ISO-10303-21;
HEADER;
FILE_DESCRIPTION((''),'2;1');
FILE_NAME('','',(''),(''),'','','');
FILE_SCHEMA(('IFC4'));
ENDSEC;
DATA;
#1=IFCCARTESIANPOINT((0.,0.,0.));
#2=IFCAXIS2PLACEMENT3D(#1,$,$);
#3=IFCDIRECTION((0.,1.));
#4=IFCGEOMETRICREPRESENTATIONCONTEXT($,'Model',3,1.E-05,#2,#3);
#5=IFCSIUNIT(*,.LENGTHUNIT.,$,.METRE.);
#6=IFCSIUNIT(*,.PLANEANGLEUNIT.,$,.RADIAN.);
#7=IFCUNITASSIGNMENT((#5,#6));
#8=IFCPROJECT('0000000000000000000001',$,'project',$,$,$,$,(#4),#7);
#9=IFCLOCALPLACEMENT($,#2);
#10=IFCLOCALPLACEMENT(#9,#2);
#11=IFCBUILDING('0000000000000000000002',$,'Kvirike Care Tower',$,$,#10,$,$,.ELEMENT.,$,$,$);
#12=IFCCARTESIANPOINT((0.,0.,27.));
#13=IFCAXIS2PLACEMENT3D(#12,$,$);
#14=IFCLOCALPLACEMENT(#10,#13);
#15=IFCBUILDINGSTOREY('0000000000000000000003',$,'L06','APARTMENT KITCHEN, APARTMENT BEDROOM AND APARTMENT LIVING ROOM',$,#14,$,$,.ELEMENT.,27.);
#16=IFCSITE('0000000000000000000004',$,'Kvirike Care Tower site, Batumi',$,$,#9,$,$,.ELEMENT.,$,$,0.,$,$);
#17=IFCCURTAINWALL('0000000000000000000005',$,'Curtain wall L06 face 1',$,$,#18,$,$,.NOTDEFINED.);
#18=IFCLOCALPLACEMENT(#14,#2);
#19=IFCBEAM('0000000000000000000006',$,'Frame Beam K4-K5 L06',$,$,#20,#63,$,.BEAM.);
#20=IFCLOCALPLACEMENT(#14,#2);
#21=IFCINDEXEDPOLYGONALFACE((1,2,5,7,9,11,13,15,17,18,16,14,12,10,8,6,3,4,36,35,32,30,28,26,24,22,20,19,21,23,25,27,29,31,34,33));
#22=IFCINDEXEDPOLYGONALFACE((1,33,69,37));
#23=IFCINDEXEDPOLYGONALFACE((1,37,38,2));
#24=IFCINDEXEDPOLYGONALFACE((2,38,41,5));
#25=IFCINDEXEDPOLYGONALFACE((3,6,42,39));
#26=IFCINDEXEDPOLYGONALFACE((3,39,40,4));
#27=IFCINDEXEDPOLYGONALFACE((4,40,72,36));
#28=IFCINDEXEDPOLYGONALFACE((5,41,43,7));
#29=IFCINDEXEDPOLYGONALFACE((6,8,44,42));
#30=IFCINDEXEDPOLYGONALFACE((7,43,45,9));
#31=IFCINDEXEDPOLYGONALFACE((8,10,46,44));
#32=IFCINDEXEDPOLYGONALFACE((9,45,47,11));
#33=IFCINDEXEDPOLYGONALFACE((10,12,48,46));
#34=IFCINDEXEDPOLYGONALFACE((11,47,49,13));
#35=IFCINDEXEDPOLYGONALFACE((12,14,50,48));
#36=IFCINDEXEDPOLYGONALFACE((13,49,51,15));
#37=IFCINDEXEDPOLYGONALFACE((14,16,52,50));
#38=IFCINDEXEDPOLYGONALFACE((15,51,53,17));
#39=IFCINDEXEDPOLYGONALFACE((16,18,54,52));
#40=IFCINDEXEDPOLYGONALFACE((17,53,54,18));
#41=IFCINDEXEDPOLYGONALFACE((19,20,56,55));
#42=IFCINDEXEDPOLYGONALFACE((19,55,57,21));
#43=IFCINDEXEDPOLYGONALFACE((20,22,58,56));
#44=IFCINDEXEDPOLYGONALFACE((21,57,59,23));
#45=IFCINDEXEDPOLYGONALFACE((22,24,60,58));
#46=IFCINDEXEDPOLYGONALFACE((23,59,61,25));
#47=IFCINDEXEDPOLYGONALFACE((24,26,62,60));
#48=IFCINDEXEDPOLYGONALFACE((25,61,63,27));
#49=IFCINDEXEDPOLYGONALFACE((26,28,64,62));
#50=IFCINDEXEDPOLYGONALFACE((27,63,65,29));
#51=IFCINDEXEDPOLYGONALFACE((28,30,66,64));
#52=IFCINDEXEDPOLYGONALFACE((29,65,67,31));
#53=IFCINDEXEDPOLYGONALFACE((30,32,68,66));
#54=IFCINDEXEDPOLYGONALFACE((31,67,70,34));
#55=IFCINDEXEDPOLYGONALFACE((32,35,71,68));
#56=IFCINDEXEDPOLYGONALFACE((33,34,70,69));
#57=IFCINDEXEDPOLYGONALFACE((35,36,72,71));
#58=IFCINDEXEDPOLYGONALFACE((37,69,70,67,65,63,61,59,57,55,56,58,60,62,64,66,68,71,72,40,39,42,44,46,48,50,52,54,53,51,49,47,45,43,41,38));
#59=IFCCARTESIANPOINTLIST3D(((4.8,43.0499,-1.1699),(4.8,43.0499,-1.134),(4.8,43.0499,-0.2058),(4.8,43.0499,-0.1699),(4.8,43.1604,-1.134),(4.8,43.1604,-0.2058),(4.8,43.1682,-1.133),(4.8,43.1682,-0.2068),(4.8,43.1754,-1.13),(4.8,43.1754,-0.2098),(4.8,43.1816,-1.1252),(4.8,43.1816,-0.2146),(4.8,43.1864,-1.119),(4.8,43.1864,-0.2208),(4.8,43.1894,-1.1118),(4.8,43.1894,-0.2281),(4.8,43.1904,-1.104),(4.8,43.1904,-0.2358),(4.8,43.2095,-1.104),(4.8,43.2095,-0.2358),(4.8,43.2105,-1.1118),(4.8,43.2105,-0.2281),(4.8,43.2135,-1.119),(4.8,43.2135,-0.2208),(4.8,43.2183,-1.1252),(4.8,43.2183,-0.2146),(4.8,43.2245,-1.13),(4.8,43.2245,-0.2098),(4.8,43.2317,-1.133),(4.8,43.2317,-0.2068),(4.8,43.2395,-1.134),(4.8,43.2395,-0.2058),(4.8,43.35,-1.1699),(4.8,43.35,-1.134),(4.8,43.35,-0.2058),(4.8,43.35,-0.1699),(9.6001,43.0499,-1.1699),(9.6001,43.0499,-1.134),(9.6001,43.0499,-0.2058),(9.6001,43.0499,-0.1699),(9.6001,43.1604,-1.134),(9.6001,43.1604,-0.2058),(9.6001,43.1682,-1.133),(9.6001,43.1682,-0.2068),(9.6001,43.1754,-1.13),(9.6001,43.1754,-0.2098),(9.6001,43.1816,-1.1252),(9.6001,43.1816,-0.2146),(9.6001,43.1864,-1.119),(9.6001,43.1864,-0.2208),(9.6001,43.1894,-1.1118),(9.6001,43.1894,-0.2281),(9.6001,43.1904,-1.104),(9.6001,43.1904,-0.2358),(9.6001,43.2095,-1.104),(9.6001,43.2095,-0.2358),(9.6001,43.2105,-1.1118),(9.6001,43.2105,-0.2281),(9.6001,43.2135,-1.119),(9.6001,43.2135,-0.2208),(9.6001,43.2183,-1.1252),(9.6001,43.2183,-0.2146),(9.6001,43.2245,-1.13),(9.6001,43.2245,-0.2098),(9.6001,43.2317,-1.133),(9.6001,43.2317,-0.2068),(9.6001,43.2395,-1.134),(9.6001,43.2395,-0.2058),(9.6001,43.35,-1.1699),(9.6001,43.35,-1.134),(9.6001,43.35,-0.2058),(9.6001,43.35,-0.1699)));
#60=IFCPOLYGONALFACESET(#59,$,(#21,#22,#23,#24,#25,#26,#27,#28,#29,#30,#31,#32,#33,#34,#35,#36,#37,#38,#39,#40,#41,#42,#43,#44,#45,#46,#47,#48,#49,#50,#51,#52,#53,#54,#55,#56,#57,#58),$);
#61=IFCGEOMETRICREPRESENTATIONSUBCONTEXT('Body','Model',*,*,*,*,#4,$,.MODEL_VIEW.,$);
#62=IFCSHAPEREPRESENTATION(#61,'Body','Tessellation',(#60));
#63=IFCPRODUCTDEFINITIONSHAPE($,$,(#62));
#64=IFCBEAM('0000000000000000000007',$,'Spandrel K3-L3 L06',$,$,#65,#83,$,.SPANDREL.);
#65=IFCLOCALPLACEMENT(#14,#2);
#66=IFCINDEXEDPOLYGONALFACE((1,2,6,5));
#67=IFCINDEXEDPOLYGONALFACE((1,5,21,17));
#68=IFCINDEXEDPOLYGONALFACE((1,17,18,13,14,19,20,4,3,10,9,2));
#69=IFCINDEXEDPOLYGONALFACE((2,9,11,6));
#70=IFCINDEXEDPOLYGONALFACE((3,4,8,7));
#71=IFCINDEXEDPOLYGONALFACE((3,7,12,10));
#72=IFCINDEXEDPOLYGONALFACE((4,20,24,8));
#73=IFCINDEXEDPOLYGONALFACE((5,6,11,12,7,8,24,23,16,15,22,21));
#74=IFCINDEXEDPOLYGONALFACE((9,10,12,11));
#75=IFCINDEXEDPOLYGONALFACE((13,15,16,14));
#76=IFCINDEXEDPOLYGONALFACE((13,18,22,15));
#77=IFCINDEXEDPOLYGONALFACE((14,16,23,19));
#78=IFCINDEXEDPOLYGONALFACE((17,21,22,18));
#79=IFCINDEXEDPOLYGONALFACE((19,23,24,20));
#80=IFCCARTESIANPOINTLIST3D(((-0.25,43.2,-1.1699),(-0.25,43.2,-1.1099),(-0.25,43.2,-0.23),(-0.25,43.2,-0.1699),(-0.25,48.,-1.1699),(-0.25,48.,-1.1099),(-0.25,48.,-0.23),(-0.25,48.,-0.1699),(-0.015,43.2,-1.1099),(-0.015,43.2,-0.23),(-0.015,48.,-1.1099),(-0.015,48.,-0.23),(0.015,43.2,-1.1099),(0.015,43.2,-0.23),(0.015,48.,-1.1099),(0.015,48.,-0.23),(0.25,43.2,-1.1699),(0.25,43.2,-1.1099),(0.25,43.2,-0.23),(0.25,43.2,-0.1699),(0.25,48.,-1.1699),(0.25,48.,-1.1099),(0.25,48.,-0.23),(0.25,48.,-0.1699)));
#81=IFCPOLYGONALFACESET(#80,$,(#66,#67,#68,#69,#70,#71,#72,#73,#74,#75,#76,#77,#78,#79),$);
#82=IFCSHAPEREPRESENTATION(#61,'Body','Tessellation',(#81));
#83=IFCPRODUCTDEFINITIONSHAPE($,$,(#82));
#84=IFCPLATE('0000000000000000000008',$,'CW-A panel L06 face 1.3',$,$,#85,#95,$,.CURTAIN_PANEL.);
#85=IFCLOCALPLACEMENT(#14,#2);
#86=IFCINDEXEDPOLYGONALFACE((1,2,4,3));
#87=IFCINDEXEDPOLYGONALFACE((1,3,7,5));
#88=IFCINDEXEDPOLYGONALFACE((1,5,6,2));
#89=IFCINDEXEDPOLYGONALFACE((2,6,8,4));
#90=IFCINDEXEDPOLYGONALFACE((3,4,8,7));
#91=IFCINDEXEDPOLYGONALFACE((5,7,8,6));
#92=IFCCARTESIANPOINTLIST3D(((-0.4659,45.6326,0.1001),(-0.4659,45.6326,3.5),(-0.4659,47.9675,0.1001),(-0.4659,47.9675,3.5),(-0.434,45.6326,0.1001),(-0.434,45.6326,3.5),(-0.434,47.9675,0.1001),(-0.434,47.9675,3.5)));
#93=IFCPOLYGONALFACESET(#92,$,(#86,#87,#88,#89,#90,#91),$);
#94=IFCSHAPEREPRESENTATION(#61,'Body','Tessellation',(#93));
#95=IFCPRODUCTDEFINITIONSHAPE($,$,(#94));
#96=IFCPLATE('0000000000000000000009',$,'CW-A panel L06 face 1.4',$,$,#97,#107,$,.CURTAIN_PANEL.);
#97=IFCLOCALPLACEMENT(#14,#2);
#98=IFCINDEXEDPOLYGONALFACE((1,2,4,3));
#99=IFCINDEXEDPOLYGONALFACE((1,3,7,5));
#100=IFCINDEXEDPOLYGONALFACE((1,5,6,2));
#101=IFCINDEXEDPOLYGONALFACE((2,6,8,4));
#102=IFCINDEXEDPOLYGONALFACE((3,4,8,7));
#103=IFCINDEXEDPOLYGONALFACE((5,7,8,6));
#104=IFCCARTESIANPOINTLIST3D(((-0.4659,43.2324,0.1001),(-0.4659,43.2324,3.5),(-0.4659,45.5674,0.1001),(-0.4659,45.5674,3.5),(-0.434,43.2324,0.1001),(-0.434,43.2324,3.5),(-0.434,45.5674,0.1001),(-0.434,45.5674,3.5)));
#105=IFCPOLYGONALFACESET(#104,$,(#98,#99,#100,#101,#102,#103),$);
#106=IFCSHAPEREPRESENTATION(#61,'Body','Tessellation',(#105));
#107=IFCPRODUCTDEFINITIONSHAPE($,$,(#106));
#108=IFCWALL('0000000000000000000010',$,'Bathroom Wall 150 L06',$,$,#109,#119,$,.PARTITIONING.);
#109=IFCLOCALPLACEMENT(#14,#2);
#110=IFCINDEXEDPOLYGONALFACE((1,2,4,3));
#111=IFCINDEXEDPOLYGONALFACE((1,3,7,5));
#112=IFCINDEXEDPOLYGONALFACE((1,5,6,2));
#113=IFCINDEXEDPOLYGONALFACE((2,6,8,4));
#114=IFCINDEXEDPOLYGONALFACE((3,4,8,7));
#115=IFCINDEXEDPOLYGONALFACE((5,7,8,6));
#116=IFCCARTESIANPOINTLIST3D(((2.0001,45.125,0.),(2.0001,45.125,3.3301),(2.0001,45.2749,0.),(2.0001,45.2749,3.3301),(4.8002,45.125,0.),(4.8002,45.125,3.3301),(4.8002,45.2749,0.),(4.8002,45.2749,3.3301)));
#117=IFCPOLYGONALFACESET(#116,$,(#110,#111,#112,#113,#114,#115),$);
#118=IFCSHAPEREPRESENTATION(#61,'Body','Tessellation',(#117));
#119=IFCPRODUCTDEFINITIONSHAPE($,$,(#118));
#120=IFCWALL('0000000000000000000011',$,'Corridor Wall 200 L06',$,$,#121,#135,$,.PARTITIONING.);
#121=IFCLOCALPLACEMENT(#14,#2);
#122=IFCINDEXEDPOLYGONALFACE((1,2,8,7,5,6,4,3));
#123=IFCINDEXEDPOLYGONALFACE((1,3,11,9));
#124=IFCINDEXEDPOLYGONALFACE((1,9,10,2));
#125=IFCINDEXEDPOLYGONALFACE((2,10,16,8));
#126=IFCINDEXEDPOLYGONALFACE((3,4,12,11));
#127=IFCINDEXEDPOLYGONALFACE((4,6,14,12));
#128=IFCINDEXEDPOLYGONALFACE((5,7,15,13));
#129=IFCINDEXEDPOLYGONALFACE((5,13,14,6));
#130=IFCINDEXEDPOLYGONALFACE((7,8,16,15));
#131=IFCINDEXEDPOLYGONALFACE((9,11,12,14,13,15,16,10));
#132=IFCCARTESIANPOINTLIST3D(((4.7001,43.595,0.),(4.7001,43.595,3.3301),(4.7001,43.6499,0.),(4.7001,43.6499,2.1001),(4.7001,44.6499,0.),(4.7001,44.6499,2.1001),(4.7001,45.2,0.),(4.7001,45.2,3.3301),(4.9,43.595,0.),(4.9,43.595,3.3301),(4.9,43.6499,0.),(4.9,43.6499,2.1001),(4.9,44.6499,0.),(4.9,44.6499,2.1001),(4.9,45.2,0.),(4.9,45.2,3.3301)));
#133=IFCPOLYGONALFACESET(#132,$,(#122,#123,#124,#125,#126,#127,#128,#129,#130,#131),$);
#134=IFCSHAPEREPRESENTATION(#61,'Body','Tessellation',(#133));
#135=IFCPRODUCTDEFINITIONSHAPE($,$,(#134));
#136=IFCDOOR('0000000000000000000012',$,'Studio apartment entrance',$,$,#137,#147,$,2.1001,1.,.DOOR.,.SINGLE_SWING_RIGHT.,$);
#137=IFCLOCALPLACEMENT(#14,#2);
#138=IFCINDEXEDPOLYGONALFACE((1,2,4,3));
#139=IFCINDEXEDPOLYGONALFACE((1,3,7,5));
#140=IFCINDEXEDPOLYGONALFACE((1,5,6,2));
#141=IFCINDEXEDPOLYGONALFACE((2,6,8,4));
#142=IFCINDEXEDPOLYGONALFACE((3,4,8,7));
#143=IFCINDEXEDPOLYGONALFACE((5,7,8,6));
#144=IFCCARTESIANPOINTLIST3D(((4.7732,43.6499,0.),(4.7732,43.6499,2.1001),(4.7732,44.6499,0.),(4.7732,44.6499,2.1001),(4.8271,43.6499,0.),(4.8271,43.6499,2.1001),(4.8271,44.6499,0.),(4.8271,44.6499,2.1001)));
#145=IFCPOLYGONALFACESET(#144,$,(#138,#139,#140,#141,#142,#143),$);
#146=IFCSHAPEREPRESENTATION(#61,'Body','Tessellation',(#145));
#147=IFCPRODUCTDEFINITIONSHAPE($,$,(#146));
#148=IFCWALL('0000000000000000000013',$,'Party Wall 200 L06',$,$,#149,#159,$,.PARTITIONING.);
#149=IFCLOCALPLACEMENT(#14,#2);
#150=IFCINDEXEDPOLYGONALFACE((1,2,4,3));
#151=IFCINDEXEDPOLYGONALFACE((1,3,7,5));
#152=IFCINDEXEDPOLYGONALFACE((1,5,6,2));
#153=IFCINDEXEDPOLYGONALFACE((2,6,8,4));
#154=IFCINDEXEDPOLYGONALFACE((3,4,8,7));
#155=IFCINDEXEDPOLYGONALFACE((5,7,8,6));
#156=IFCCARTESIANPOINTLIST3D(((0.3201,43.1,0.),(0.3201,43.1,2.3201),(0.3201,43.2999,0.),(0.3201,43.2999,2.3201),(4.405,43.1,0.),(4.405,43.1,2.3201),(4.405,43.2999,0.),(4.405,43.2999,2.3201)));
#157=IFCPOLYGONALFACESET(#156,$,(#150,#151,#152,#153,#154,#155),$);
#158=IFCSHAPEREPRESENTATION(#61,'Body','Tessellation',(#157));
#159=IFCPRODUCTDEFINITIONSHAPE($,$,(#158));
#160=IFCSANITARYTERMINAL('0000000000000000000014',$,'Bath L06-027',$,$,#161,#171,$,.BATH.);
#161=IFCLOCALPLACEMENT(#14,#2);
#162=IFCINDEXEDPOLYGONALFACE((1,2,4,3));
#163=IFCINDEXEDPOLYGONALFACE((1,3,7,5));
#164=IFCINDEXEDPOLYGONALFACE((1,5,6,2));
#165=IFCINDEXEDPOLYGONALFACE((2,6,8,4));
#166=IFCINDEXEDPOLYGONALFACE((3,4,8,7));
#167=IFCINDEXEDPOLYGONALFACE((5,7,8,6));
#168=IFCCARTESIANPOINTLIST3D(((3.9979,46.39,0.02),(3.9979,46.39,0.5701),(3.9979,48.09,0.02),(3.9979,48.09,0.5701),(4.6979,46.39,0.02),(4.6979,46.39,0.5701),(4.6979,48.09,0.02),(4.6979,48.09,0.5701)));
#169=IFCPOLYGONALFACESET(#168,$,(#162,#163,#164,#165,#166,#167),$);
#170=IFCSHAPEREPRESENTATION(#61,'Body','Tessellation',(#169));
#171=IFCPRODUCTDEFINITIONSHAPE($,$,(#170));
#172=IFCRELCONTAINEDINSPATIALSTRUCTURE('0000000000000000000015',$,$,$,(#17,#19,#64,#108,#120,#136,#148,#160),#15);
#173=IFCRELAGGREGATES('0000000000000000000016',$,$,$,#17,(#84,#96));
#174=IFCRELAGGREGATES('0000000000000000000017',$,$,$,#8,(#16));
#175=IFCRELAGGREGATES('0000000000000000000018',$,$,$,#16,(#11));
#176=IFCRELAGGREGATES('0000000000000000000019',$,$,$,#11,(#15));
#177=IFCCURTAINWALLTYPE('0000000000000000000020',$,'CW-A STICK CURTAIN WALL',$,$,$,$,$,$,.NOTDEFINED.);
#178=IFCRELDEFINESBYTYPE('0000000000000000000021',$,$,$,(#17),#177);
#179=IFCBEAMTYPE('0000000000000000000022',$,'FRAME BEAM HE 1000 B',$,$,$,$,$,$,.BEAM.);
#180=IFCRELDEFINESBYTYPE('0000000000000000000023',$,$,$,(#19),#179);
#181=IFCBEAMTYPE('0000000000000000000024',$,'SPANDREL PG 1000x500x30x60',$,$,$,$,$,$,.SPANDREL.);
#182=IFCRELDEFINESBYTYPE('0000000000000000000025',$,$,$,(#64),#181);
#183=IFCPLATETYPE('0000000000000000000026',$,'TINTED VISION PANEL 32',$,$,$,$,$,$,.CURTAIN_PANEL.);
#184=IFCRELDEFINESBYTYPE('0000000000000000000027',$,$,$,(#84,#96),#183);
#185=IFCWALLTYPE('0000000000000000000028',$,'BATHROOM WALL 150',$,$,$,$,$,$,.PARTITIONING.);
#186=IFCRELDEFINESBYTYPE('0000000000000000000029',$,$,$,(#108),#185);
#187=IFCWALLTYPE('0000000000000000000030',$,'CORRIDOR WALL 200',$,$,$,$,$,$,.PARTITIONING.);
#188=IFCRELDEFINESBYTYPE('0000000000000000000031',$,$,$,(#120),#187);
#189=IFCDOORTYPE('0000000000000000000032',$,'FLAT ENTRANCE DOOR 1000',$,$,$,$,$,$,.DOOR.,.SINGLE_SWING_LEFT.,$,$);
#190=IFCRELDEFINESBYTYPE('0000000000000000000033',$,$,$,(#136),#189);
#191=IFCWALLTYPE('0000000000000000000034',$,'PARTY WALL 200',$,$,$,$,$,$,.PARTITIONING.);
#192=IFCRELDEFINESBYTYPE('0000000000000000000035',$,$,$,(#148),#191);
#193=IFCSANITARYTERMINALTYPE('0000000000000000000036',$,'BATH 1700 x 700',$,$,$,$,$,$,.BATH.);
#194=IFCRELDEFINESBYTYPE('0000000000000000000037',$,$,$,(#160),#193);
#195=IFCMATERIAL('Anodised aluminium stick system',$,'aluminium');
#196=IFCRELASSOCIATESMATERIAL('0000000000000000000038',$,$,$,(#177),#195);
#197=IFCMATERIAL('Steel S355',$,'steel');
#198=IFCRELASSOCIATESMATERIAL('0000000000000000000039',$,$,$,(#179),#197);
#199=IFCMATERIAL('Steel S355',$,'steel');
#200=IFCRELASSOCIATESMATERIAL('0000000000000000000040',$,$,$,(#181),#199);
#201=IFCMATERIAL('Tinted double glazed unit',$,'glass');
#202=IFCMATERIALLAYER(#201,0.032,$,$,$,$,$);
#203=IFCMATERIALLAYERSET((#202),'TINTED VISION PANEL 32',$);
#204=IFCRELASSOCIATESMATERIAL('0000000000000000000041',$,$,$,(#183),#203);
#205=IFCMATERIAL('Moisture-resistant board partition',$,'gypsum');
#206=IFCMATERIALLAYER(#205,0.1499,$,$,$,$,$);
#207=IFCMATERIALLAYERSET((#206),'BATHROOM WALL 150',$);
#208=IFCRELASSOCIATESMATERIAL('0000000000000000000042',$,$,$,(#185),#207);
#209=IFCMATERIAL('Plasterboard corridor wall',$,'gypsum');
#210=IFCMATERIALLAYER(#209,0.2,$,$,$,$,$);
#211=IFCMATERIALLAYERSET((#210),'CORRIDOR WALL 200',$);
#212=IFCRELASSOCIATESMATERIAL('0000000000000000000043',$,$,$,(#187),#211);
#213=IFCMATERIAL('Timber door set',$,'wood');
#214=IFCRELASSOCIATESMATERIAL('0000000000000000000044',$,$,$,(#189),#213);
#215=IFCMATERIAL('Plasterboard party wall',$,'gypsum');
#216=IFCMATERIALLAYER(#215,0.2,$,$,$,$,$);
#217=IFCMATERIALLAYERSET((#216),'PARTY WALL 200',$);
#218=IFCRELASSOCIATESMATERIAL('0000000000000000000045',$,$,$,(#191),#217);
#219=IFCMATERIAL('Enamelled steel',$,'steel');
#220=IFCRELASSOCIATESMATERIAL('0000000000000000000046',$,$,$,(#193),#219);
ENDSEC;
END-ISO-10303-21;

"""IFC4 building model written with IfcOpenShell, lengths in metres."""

from ifc_helpers import new_model, si_unit, direction, frame, frame_2d, origin, origin_2d, place, context, subcontext, project, spatial, rectangle, i_section, extrude, material, layer, layer_set, material_profile, profile_set, type_object, element, fill, aggregate, save


model = new_model("IFC4")

# Units and contexts
model_context = context("Model", 3, precision=1e-05, world=origin(), true_north=direction((0.0, 1.0)))
body_context = subcontext(model_context, "Body", "Model", "MODEL_VIEW")
ifc_project = project(units=[si_unit("LENGTHUNIT", "METRE"), si_unit("PLANEANGLEUNIT", "RADIAN")], contexts=[model_context])

# Site, building, storey
site_placement = place(None, origin())
site = spatial("IfcSite", under=ifc_project, at=site_placement, Name="Kvirike Care Tower site, Batumi", CompositionType="ELEMENT", RefElevation=0.0)
building_placement = place(site_placement, origin())
building = spatial("IfcBuilding", under=site, at=building_placement, Name="Kvirike Care Tower", CompositionType="ELEMENT")
storey_placement = place(building_placement, frame((0.0, 0.0, 27.0)))
storey = spatial("IfcBuildingStorey", under=building, at=storey_placement, Name="L06", Description="APARTMENT KITCHEN, APARTMENT BEDROOM AND APARTMENT LIVING ROOM", CompositionType="ELEMENT", Elevation=27.0)

# Curtain wall
ifc_material_1 = material(Name="Anodised aluminium stick system", Category="aluminium")
curtain_wall_type = type_object("IfcCurtainWallType", Name="CW-A STICK CURTAIN WALL", PredefinedType="NOTDEFINED", material=ifc_material_1)
curtain_wall_placement = place(storey_placement, origin())
curtain_wall = element("IfcCurtainWall", 1, at=curtain_wall_placement, inside=storey, type_object=curtain_wall_type, Name="Curtain wall L06 face 1", PredefinedType="NOTDEFINED")

# Beams
ifc_material_2 = material(Name="Steel S355", Category="steel")
ifc_material_profile_1 = material_profile(ifc_material_2, i_section(OverallWidth=0.3, OverallDepth=1.0, WebThickness=0.019, FlangeThickness=0.0359, FilletRadius=0.03, at=origin_2d()), Name="HE 1000 B")
ifc_profile_set_1 = profile_set([ifc_material_profile_1], Name="Steel S355")
beam_type_1 = type_object("IfcBeamType", Name="FRAME BEAM HE 1000 B", PredefinedType="BEAM", material=ifc_profile_set_1)
for number, where, z_axis, x_axis, name in (
    (2, (4.8, 43.2, -0.6699), (1.0, 0.0, 0.0), (0.0, 1.0, 0.0), "Frame Beam K4-K5 L06"),
):
    element("IfcBeam", number, at=place(storey_placement, frame(where, z_axis=z_axis, x_axis=x_axis)), inside=storey, type_object=beam_type_1, Name=name, PredefinedType="BEAM", context=body_context, shape_type="SweptSolid", body=[
        extrude(i_section(OverallWidth=0.3, OverallDepth=1.0, WebThickness=0.019, FlangeThickness=0.0359, FilletRadius=0.03, at=origin_2d()), origin(), (0.0, 0.0, 1.0), 4.8),
    ])
ifc_material_3 = material(Name="Steel S355", Category="steel")
ifc_material_profile_2 = material_profile(ifc_material_3, i_section(OverallWidth=0.5, OverallDepth=1.0, WebThickness=0.03, FlangeThickness=0.0601, at=origin_2d()), Name="PG 1000x500x30x60")
ifc_profile_set_2 = profile_set([ifc_material_profile_2], Name="Steel S355")
beam_type_2 = type_object("IfcBeamType", Name="SPANDREL PG 1000x500x30x60", PredefinedType="SPANDREL", material=ifc_profile_set_2)
beam_placement = place(storey_placement, frame((0.0, 43.2, -0.6699), z_axis=(0.0, 1.0, 0.0), x_axis=(-1.0, 0.0, 0.0)))
element("IfcBeam", 3, at=beam_placement, inside=storey, type_object=beam_type_2, Name="Spandrel K3-L3 L06", PredefinedType="SPANDREL", context=body_context, shape_type="SweptSolid", body=[
    extrude(i_section(OverallWidth=0.5, OverallDepth=1.0, WebThickness=0.03, FlangeThickness=0.0601, at=origin_2d()), origin(), (0.0, 0.0, 1.0), 4.8),
])

# Plates
ifc_material_4 = material(Name="Tinted double glazed unit", Category="glass")
ifc_layer_1 = layer(ifc_material_4, 0.032)
ifc_layer_set_1 = layer_set([ifc_layer_1], Name="TINTED VISION PANEL 32")
plate_type = type_object("IfcPlateType", Name="TINTED VISION PANEL 32", PredefinedType="CURTAIN_PANEL", material=ifc_layer_set_1)
plate_1_placement = place(storey_placement, frame((-0.45, 46.8, 0.1001), z_axis=(0.0, 0.0, 1.0), x_axis=(0.0, -1.0, 0.0)))
plate_1 = element("IfcPlate", 4, at=plate_1_placement, type_object=plate_type, Name="CW-A panel L06 face 1.3", PredefinedType="CURTAIN_PANEL", context=body_context, shape_type="SweptSolid", body=[
    extrude(rectangle(XDim=2.335, YDim=0.032, at=origin_2d()), origin(), (0.0, 0.0, 1.0), 3.3999),
])
plate_2_placement = place(storey_placement, frame((-0.45, 44.3999, 0.1001), z_axis=(0.0, 0.0, 1.0), x_axis=(0.0, -1.0, 0.0)))
plate_2 = element("IfcPlate", 5, at=plate_2_placement, type_object=plate_type, Name="CW-A panel L06 face 1.4", PredefinedType="CURTAIN_PANEL", context=body_context, shape_type="SweptSolid", body=[
    extrude(rectangle(XDim=2.335, YDim=0.032, at=origin_2d()), origin(), (0.0, 0.0, 1.0), 3.3999),
])
aggregate(curtain_wall, [plate_1, plate_2])

# Wall
ifc_material_5 = material(Name="Moisture-resistant board partition", Category="gypsum")
ifc_layer_2 = layer(ifc_material_5, 0.1499)
ifc_layer_set_2 = layer_set([ifc_layer_2], Name="BATHROOM WALL 150")
wall_type_1 = type_object("IfcWallType", Name="BATHROOM WALL 150", PredefinedType="PARTITIONING", material=ifc_layer_set_2)
wall_1_placement = place(storey_placement, frame((4.8, 45.2, 0.0), z_axis=(0.0, 0.0, 1.0), x_axis=(-1.0, 0.0, 0.0)))
element("IfcWall", 6, at=wall_1_placement, inside=storey, type_object=wall_type_1, Name="Bathroom Wall 150 L06", PredefinedType="PARTITIONING", context=body_context, shape_type="SweptSolid", body=[
    extrude(rectangle(XDim=2.8, YDim=0.1499, at=frame_2d((1.3999, 0.0))), origin(), (0.0, 0.0, 1.0), 3.3301),
])

# Wall, opening, door
ifc_material_6 = material(Name="Plasterboard corridor wall", Category="gypsum")
ifc_layer_3 = layer(ifc_material_6, 0.2)
ifc_layer_set_3 = layer_set([ifc_layer_3], Name="CORRIDOR WALL 200")
wall_type_2 = type_object("IfcWallType", Name="CORRIDOR WALL 200", PredefinedType="PARTITIONING", material=ifc_layer_set_3)
wall_2_placement = place(storey_placement, frame((4.8, 45.2, 0.0), z_axis=(0.0, 0.0, 1.0), x_axis=(0.0, -1.0, 0.0)))
wall_2 = element("IfcWall", 7, at=wall_2_placement, inside=storey, type_object=wall_type_2, Name="Corridor Wall 200 L06", PredefinedType="PARTITIONING", context=body_context, shape_type="SweptSolid", body=[
    extrude(rectangle(XDim=1.605, YDim=0.2, at=frame_2d((0.8025, 0.0))), origin(), (0.0, 0.0, 1.0), 3.3301),
])
opening_placement = place(wall_2_placement, frame((0.55, 0.0, 0.0)))
opening = element("IfcOpeningElement", 8, at=opening_placement, cuts=wall_2, PredefinedType="OPENING", context=body_context, shape_type="SweptSolid", body=[
    extrude(rectangle(XDim=1.0, YDim=2.1001, at=frame_2d((0.5, 1.05))), frame((0.0, 0.1106, 0.0), z_axis=(0.0, -1.0, 0.0), x_axis=(1.0, 0.0, 0.0)), (0.0, 0.0, 1.0), 0.2209),
])
ifc_material_7 = material(Name="Timber door set", Category="wood")
door_type = type_object("IfcDoorType", Name="FLAT ENTRANCE DOOR 1000", OperationType="SINGLE_SWING_LEFT", PredefinedType="DOOR", material=ifc_material_7)
door_placement = place(opening_placement, frame((1.0, 0.0, 0.0), z_axis=(0.0, 0.0, 1.0), x_axis=(-1.0, 0.0, 0.0)))
door = element("IfcDoor", 9, at=door_placement, inside=storey, type_object=door_type, Name="Studio apartment entrance", OperationType="SINGLE_SWING_RIGHT", OverallHeight=2.1001, OverallWidth=1.0, PredefinedType="DOOR", context=body_context, shape_type="SweptSolid", body=[
    extrude(rectangle(XDim=1.0, YDim=2.1001, at=frame_2d((0.5, 1.05))), frame((0.0, 0.0269, 0.0), z_axis=(0.0, -1.0, 0.0), x_axis=(1.0, 0.0, 0.0)), (0.0, 0.0, 1.0), 0.054),
])
fill(opening, door)

# Wall
ifc_material_8 = material(Name="Plasterboard party wall", Category="gypsum")
ifc_layer_4 = layer(ifc_material_8, 0.2)
ifc_layer_set_4 = layer_set([ifc_layer_4], Name="PARTY WALL 200")
wall_type_3 = type_object("IfcWallType", Name="PARTY WALL 200", PredefinedType="PARTITIONING", material=ifc_layer_set_4)
wall_3_placement = place(storey_placement, frame((4.405, 43.2, 0.0), z_axis=(0.0, 0.0, 1.0), x_axis=(-1.0, 0.0, 0.0)))
element("IfcWall", 10, at=wall_3_placement, inside=storey, type_object=wall_type_3, Name="Party Wall 200 L06", PredefinedType="PARTITIONING", context=body_context, shape_type="SweptSolid", body=[
    extrude(rectangle(XDim=4.085, YDim=0.2, at=frame_2d((2.0425, 0.0))), origin(), (0.0, 0.0, 1.0), 2.3201),
])

# Sanitary terminal
ifc_material_9 = material(Name="Enamelled steel", Category="steel")
sanitary_terminal_type_1 = type_object("IfcSanitaryTerminalType", Name="BATH 1700 x 700", PredefinedType="BATH", material=ifc_material_9)
sanitary_terminal_1_placement = place(storey_placement, frame((4.3479, 47.24, 0.02), z_axis=(0.0, 0.0, 1.0), x_axis=(0.0, -1.0, 0.0)))
element("IfcSanitaryTerminal", 11, at=sanitary_terminal_1_placement, inside=storey, type_object=sanitary_terminal_type_1, Name="Bath L06-027", PredefinedType="BATH", context=body_context, shape_type="SweptSolid", body=[
    extrude(rectangle(XDim=1.7, YDim=0.7, at=origin_2d()), origin(), (0.0, 0.0, 1.0), 0.55),
])

save(model, "model.ifc")
